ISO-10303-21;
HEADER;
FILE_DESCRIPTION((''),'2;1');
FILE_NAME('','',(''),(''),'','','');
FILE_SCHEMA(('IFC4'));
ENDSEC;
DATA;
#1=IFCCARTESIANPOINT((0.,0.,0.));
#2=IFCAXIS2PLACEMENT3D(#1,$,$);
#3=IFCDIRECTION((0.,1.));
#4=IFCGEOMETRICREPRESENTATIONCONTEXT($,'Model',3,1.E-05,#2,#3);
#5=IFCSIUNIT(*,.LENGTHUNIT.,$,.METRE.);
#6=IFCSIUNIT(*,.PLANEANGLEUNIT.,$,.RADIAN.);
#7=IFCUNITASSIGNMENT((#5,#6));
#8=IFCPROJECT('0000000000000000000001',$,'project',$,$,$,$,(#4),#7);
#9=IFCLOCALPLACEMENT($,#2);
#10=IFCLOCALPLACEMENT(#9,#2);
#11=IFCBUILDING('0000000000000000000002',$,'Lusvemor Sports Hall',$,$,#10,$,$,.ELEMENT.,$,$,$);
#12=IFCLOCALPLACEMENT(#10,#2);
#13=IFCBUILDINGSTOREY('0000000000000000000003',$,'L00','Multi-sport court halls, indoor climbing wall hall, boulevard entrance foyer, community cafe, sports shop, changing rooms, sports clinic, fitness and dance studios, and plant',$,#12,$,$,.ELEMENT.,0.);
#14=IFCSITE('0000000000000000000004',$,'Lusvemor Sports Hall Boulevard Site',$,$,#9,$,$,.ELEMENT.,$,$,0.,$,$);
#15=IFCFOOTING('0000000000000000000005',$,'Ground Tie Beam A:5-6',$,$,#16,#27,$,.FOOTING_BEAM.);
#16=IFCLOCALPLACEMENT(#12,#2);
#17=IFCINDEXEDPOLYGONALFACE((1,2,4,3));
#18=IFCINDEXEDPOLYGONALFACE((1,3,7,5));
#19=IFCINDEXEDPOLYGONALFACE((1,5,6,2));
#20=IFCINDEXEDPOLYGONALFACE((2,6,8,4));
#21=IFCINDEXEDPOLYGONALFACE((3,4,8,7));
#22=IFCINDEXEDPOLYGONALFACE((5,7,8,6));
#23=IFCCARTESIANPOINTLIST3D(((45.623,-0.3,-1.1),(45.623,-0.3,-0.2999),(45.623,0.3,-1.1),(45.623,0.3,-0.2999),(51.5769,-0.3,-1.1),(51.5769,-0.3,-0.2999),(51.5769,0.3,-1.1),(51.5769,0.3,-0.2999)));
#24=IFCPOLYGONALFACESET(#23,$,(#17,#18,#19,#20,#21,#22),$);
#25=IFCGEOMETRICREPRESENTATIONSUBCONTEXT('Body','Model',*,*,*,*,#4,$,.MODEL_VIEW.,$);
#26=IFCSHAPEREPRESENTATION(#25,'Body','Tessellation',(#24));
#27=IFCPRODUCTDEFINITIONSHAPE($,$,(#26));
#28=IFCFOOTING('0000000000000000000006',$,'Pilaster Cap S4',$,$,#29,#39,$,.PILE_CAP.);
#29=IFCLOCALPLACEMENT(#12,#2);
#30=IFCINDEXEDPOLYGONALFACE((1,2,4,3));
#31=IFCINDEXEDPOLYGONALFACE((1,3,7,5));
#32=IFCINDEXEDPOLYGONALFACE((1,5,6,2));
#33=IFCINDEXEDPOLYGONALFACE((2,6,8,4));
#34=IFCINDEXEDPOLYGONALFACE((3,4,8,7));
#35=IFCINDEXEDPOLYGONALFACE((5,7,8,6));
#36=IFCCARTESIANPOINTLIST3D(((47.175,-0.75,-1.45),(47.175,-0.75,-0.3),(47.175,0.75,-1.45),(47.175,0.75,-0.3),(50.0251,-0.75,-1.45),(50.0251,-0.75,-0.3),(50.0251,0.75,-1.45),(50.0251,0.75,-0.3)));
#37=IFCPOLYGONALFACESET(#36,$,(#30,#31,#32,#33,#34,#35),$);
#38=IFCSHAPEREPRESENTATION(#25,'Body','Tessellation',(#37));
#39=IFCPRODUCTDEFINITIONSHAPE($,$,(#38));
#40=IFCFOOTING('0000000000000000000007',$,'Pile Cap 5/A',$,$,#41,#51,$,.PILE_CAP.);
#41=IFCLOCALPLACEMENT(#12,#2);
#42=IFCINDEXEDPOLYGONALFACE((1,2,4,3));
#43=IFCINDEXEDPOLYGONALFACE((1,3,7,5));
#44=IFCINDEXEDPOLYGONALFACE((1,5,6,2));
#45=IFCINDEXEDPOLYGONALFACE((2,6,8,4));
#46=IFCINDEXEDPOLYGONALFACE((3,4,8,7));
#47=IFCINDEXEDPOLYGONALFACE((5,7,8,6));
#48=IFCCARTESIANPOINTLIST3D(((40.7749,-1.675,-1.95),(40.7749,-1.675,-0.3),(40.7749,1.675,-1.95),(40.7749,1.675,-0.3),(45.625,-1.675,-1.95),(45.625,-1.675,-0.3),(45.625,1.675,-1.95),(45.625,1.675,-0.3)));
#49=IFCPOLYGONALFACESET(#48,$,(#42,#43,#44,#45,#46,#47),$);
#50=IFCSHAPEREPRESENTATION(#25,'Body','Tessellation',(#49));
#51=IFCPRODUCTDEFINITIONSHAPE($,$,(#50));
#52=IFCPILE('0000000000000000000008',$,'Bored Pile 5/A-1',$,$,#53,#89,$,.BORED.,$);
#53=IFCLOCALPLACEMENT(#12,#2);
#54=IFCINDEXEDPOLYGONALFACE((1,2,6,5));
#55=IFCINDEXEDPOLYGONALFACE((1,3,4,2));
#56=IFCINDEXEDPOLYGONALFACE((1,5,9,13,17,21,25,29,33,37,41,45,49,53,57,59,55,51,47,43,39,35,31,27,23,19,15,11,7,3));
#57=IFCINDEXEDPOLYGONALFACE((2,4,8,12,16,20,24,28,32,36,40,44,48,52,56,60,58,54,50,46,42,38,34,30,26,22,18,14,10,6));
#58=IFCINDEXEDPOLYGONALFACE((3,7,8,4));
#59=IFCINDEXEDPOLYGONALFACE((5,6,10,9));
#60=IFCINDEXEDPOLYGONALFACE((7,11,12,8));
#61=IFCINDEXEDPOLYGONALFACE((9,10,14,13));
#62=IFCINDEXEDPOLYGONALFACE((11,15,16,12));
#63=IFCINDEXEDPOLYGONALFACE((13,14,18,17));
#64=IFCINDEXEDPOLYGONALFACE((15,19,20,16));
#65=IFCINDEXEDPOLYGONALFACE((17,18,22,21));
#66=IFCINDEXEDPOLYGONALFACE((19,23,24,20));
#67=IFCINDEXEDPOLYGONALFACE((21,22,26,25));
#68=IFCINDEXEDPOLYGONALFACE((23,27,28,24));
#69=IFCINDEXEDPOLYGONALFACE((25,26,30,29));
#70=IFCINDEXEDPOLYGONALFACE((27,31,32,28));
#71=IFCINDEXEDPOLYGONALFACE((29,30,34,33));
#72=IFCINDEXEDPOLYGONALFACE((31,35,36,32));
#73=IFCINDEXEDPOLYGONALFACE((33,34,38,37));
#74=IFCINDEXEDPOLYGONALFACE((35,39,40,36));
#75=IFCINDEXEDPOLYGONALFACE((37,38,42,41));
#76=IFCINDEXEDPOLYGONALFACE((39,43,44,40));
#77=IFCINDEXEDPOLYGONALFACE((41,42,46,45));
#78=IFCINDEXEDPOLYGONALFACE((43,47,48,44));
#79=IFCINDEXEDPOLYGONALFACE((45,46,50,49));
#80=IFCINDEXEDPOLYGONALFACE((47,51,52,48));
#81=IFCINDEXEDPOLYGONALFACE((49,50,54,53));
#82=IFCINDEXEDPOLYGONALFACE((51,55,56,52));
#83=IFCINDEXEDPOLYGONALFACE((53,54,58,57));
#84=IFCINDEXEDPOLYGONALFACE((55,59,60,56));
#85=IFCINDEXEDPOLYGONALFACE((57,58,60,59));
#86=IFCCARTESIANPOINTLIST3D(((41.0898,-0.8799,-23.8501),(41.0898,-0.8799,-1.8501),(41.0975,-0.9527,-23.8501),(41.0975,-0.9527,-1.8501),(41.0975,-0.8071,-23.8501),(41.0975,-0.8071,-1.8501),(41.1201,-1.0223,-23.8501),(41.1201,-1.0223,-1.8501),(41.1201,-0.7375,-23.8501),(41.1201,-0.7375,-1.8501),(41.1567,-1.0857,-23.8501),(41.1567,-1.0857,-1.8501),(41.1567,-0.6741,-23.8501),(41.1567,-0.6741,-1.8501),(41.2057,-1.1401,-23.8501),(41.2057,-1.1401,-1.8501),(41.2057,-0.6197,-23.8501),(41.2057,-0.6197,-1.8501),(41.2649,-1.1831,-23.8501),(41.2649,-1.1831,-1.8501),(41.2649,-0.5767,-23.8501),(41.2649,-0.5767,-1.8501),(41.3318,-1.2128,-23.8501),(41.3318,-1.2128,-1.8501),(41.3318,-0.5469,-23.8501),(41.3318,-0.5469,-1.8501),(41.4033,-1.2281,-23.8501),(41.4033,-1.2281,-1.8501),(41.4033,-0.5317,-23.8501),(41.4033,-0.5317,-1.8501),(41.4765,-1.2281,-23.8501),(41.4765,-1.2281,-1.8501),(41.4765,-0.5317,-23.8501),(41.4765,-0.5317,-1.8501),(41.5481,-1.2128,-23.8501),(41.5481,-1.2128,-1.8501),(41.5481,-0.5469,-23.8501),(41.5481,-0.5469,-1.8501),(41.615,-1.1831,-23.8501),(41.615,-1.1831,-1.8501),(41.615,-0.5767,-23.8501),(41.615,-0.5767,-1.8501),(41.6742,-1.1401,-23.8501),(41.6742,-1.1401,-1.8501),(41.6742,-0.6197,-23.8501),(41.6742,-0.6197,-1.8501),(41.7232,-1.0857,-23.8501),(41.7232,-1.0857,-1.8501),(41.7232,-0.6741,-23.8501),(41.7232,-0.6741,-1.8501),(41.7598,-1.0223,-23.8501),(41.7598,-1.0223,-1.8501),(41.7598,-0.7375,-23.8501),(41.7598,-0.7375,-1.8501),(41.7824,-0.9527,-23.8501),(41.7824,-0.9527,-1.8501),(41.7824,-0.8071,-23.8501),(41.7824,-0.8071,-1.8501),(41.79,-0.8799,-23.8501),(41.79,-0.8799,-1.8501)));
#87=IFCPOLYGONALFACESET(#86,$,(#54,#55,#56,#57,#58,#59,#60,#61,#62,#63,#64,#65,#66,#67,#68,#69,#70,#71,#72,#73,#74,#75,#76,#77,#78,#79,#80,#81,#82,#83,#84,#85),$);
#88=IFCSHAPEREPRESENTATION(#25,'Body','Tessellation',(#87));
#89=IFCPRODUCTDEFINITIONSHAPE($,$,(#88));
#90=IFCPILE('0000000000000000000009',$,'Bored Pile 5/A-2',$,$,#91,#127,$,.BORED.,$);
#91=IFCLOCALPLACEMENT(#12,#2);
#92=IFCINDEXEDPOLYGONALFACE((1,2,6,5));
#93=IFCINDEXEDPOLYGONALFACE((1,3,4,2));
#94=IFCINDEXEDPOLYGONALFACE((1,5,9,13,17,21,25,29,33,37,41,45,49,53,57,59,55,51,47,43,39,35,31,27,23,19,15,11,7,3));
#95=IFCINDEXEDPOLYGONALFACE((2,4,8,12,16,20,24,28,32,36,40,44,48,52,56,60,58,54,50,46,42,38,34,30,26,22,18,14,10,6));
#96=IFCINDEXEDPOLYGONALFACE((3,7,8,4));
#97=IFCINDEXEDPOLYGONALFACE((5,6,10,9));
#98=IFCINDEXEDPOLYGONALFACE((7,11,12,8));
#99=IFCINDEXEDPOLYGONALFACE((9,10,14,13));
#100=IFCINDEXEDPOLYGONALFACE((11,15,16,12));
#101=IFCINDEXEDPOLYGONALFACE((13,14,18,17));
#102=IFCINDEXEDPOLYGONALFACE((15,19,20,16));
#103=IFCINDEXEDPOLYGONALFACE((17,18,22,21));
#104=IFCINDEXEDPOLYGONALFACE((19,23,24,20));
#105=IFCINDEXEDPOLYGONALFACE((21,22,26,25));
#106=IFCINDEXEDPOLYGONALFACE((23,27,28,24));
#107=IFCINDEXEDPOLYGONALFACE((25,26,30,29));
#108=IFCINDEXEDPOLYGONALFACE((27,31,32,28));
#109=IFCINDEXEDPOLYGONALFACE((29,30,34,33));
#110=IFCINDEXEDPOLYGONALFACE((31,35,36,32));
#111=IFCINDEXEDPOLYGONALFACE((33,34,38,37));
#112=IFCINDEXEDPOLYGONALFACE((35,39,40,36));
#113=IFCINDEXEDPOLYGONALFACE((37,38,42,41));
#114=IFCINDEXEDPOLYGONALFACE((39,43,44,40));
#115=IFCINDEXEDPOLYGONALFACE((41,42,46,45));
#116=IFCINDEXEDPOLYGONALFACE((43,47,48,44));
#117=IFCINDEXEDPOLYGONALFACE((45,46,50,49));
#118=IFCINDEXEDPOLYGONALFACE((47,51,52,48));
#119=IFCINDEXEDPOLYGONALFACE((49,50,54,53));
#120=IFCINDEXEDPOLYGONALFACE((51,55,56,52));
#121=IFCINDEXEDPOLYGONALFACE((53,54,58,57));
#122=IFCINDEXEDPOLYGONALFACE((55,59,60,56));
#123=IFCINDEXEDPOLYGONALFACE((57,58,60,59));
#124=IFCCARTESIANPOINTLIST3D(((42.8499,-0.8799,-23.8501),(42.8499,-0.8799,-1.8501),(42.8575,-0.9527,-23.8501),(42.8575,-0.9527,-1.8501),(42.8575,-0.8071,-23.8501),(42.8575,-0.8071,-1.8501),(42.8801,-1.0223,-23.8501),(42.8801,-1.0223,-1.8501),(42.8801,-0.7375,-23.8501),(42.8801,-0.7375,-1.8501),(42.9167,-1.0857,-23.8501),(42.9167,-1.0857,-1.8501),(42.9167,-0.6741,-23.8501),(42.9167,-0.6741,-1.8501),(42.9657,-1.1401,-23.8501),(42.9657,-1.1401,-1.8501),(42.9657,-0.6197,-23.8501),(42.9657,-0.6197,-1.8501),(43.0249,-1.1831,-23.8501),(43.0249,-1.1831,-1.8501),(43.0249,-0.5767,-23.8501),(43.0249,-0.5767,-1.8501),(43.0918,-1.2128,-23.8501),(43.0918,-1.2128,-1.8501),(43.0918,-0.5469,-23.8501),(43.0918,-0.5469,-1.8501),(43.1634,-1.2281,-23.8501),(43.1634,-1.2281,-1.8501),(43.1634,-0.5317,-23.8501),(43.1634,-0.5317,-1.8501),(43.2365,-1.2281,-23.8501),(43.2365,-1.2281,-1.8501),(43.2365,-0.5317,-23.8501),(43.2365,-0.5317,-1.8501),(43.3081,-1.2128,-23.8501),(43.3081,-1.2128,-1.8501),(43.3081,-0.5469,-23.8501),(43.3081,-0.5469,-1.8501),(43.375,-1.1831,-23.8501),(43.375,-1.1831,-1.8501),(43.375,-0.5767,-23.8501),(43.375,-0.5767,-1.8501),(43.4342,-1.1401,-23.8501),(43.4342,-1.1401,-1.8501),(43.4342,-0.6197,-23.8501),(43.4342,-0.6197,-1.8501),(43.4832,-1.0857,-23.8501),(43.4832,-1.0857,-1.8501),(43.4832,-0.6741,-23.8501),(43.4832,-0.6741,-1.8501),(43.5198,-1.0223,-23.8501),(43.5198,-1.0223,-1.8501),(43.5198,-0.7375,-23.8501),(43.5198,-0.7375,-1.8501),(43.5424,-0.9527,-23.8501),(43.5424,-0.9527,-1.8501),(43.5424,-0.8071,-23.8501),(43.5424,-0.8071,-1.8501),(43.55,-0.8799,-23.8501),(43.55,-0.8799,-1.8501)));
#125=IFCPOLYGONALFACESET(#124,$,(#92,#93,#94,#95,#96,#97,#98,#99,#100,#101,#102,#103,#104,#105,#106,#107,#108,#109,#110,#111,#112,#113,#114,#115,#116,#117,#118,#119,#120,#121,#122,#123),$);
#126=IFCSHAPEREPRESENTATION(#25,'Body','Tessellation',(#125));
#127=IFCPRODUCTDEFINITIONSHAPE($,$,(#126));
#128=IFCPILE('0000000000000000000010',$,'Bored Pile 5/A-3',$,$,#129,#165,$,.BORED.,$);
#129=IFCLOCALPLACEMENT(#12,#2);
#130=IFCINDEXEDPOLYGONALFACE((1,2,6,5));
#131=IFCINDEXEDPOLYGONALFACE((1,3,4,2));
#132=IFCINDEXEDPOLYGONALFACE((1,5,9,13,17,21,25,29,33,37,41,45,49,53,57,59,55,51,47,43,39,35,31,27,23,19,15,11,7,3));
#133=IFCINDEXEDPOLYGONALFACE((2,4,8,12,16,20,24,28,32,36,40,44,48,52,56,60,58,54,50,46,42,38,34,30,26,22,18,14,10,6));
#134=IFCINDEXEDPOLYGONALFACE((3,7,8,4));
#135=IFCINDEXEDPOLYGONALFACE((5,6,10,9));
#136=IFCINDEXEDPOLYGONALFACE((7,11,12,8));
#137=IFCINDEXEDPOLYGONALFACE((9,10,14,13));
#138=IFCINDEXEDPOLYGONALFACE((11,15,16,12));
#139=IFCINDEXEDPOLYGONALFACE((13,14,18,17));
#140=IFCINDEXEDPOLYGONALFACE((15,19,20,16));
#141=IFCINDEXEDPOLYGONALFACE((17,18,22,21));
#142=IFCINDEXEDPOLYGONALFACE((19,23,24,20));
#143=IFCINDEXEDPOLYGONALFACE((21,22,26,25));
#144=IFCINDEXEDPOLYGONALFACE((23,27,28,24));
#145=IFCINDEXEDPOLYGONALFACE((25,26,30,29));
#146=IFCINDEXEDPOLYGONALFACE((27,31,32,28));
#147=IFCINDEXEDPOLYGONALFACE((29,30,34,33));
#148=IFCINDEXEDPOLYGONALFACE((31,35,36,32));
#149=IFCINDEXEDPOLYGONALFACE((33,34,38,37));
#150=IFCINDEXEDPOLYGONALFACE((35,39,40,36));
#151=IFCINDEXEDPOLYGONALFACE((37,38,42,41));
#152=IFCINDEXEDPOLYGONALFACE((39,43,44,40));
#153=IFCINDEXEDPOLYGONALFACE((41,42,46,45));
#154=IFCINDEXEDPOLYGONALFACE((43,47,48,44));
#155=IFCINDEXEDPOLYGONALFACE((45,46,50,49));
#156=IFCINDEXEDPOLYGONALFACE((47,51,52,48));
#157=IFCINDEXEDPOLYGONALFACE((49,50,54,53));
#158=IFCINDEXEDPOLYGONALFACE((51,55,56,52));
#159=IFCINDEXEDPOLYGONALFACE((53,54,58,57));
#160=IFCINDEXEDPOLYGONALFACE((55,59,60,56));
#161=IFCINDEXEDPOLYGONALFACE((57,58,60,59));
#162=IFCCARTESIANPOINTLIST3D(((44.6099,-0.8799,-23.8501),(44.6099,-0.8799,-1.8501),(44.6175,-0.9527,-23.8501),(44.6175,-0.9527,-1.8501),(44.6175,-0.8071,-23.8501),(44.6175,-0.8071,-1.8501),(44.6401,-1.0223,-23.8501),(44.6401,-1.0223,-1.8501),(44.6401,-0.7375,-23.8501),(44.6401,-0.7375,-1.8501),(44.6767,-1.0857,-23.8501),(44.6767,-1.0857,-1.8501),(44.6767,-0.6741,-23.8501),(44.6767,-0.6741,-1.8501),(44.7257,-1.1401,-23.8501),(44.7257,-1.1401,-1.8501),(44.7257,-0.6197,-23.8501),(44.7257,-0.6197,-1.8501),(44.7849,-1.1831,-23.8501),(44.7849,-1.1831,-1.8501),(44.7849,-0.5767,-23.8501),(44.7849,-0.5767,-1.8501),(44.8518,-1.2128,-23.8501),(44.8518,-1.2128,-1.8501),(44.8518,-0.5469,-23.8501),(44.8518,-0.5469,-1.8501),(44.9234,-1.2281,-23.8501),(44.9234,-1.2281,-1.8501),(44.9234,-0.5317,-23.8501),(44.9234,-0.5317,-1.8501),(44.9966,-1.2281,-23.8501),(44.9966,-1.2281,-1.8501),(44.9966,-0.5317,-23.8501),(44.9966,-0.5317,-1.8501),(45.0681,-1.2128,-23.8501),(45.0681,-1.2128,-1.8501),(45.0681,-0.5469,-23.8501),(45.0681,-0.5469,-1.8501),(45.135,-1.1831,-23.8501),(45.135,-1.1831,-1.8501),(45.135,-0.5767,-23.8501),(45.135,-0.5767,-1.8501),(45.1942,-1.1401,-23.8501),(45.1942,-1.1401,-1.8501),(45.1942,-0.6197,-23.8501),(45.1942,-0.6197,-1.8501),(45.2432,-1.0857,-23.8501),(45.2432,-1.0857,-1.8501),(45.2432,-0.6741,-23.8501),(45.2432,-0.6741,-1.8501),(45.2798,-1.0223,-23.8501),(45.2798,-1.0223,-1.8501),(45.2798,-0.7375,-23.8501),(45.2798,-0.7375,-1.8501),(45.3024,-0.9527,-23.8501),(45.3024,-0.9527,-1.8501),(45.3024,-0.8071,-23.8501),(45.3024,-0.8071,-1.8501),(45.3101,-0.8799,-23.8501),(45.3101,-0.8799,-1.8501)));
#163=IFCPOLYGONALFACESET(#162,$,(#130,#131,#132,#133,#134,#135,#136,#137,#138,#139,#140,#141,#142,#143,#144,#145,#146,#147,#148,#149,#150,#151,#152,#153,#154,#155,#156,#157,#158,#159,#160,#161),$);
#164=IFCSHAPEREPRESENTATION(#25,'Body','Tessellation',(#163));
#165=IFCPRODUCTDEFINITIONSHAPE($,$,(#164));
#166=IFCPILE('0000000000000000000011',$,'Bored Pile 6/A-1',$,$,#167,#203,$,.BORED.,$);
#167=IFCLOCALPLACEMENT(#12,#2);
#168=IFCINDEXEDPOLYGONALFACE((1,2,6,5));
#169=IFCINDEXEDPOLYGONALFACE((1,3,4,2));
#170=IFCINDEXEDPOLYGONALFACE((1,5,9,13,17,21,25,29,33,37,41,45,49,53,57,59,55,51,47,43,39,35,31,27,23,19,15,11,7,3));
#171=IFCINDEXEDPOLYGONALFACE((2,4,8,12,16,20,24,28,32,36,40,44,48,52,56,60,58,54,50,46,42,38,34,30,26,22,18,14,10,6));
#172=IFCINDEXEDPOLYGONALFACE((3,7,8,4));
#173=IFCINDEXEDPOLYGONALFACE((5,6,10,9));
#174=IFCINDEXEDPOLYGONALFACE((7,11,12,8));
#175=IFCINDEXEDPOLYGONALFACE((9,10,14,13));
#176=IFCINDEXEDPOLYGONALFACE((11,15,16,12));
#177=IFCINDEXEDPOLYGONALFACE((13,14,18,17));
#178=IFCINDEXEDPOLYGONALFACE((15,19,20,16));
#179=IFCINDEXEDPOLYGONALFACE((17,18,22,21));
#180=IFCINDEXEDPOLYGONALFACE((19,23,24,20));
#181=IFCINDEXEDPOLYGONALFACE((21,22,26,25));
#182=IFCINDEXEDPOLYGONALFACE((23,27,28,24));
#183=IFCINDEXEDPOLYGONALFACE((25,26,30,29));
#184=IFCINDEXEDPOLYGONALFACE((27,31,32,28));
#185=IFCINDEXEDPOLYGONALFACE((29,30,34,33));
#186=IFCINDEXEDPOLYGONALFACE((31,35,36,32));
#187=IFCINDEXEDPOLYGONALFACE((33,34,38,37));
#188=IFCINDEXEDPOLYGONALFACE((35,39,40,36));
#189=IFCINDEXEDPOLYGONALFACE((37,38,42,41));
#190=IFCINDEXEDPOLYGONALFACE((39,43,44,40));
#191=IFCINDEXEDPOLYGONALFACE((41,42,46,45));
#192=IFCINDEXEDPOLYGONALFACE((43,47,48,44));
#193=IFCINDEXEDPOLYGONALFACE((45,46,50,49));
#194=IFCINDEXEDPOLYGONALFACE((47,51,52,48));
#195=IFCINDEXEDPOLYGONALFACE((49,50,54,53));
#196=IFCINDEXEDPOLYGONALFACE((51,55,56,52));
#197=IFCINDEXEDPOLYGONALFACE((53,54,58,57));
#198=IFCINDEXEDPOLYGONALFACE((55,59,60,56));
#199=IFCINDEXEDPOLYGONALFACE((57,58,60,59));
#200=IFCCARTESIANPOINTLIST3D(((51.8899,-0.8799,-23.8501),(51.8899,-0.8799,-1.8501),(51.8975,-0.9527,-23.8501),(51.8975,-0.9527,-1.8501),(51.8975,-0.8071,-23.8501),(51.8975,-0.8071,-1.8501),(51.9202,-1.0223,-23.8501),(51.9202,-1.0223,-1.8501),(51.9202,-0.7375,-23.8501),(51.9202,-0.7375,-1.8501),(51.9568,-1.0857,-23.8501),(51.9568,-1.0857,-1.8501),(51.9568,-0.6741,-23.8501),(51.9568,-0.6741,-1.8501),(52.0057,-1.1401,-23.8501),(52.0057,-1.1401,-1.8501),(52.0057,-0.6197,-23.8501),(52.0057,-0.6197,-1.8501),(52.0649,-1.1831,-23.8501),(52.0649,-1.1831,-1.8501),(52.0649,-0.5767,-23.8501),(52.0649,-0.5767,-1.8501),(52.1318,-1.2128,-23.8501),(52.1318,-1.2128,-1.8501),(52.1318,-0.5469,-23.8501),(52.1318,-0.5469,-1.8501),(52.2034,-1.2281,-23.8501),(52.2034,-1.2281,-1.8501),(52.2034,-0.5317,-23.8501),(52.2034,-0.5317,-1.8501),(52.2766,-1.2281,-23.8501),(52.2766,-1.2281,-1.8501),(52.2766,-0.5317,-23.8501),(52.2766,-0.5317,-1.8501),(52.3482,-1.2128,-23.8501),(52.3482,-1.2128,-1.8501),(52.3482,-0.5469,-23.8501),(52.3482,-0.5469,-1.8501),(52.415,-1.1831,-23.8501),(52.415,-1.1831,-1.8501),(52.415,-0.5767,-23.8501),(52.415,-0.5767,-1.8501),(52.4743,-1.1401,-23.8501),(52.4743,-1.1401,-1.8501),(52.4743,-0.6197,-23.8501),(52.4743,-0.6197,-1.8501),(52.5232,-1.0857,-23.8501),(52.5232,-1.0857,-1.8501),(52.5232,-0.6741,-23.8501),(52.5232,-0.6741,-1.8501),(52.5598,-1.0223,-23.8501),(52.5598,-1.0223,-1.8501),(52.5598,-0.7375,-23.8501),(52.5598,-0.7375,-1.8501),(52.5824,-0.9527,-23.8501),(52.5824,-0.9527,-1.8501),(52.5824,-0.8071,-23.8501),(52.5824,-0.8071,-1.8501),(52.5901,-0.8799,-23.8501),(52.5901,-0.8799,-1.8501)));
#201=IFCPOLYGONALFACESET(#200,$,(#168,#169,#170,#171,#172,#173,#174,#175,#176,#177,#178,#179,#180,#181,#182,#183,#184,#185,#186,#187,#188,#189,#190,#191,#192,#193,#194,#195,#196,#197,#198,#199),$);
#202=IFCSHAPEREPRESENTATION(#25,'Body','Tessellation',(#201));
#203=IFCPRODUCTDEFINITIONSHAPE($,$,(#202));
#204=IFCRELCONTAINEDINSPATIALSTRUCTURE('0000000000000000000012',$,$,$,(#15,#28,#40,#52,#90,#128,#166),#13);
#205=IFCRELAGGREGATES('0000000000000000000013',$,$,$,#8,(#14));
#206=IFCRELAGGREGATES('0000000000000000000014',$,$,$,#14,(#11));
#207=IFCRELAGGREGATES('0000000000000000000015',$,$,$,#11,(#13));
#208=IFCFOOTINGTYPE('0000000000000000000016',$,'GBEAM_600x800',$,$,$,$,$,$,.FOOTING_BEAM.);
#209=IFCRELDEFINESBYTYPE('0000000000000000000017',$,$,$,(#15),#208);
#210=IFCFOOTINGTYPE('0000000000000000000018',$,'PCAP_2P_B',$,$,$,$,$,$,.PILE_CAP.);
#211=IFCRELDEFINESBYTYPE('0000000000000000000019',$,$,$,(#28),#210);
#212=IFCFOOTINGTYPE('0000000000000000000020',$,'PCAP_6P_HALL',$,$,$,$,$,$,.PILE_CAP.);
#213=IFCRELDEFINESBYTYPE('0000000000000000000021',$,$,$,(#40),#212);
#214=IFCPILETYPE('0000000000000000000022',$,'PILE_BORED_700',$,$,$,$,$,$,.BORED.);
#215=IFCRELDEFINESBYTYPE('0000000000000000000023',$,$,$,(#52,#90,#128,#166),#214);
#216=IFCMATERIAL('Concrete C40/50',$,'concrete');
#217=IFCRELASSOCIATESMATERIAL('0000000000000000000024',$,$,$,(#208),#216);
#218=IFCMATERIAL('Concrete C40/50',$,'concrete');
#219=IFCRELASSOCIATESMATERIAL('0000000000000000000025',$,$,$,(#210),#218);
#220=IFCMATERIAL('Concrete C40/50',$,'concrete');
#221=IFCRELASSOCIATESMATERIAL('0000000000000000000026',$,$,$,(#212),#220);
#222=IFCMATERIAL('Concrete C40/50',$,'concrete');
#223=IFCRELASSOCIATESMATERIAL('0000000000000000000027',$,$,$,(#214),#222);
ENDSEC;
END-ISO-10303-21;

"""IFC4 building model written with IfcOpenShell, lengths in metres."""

from ifc_helpers import new_model, si_unit, direction, frame, origin, origin_2d, place, context, subcontext, project, spatial, rectangle, circle, extrude, material, material_profile, profile_set, type_object, element, save


model = new_model("IFC4")

# Units and contexts
model_context = context("Model", 3, precision=1e-05, world=origin(), true_north=direction((0.0, 1.0)))
body_context = subcontext(model_context, "Body", "Model", "MODEL_VIEW")
ifc_project = project(units=[si_unit("LENGTHUNIT", "METRE"), si_unit("PLANEANGLEUNIT", "RADIAN")], contexts=[model_context])

# Site, building, storey
site_placement = place(None, origin())
site = spatial("IfcSite", under=ifc_project, at=site_placement, Name="Lusvemor Sports Hall Boulevard Site", CompositionType="ELEMENT", RefElevation=0.0)
building_placement = place(site_placement, origin())
building = spatial("IfcBuilding", under=site, at=building_placement, Name="Lusvemor Sports Hall", CompositionType="ELEMENT")
storey_placement = place(building_placement, origin())
storey = spatial("IfcBuildingStorey", under=building, at=storey_placement, Name="L00", Description="Multi-sport court halls, indoor climbing wall hall, boulevard entrance foyer, community cafe, sports shop, changing rooms, sports clinic, fitness and dance studios, and plant", CompositionType="ELEMENT", Elevation=0.0)

# Footings
ifc_material_1 = material(Name="Concrete C40/50", Category="concrete")
ifc_material_profile_1 = material_profile(ifc_material_1, rectangle(XDim=0.6001, YDim=0.8, at=origin_2d()), Name="GB_600x800")
ifc_profile_set_1 = profile_set([ifc_material_profile_1], Name="Concrete C40/50")
footing_type_1 = type_object("IfcFootingType", Name="GBEAM_600x800", PredefinedType="FOOTING_BEAM", material=ifc_profile_set_1)
footing_1_placement = place(storey_placement, frame((45.623, 0.0, -0.7), z_axis=(1.0, 0.0, 0.0), x_axis=(0.0, 1.0, 0.0)))
element("IfcFooting", 1, at=footing_1_placement, inside=storey, type_object=footing_type_1, Name="Ground Tie Beam A:5-6", PredefinedType="FOOTING_BEAM", context=body_context, shape_type="SweptSolid", body=[
    extrude(rectangle(XDim=0.6001, YDim=0.8, at=origin_2d()), origin(), (0.0, 0.0, 1.0), 5.9539),
])
ifc_material_2 = material(Name="Concrete C40/50", Category="concrete")
footing_type_2 = type_object("IfcFootingType", Name="PCAP_2P_B", PredefinedType="PILE_CAP", material=ifc_material_2)
footing_2_placement = place(storey_placement, frame((48.6001, 0.0, -1.45), z_axis=(0.0, 0.0, 1.0), x_axis=(1.0, 0.0, 0.0)))
element("IfcFooting", 2, at=footing_2_placement, inside=storey, type_object=footing_type_2, Name="Pilaster Cap S4", PredefinedType="PILE_CAP", context=body_context, shape_type="SweptSolid", body=[
    extrude(rectangle(XDim=2.8501, YDim=1.5, at=origin_2d()), origin(), (0.0, 0.0, 1.0), 1.1499),
])
ifc_material_3 = material(Name="Concrete C40/50", Category="concrete")
footing_type_3 = type_object("IfcFootingType", Name="PCAP_6P_HALL", PredefinedType="PILE_CAP", material=ifc_material_3)
footing_3_placement = place(storey_placement, frame((43.2, 0.0, -1.95), z_axis=(0.0, 0.0, 1.0), x_axis=(1.0, 0.0, 0.0)))
element("IfcFooting", 3, at=footing_3_placement, inside=storey, type_object=footing_type_3, Name="Pile Cap 5/A", PredefinedType="PILE_CAP", context=body_context, shape_type="SweptSolid", body=[
    extrude(rectangle(XDim=4.8501, YDim=3.3501, at=origin_2d()), origin(), (0.0, 0.0, 1.0), 1.6499),
])

# Piles
ifc_material_4 = material(Name="Concrete C40/50", Category="concrete")
ifc_material_profile_2 = material_profile(ifc_material_4, circle(Radius=0.3501, at=origin_2d()), Name="PILE700")
ifc_profile_set_2 = profile_set([ifc_material_profile_2], Name="Concrete C40/50")
pile_type = type_object("IfcPileType", Name="PILE_BORED_700", PredefinedType="BORED", material=ifc_profile_set_2)
for number, where, z_axis, x_axis, name in (
    (4, (41.4399, -0.8799, -1.8501), (0.0, 0.0, -1.0), (1.0, 0.0, 0.0), "Bored Pile 5/A-1"),
    (5, (43.2, -0.8799, -1.8501), (0.0, 0.0, -1.0), (1.0, 0.0, 0.0), "Bored Pile 5/A-2"),
    (6, (44.96, -0.8799, -1.8501), (0.0, 0.0, -1.0), (1.0, 0.0, 0.0), "Bored Pile 5/A-3"),
    (7, (52.24, -0.8799, -1.8501), (0.0, 0.0, -1.0), (1.0, 0.0, 0.0), "Bored Pile 6/A-1"),
):
    element("IfcPile", number, at=place(storey_placement, frame(where, z_axis=z_axis, x_axis=x_axis)), inside=storey, type_object=pile_type, Name=name, PredefinedType="BORED", context=body_context, shape_type="SweptSolid", body=[
        extrude(circle(Radius=0.3501, at=origin_2d()), origin(), (0.0, 0.0, 1.0), 22.0),
    ])

save(model, "model.ifc")
